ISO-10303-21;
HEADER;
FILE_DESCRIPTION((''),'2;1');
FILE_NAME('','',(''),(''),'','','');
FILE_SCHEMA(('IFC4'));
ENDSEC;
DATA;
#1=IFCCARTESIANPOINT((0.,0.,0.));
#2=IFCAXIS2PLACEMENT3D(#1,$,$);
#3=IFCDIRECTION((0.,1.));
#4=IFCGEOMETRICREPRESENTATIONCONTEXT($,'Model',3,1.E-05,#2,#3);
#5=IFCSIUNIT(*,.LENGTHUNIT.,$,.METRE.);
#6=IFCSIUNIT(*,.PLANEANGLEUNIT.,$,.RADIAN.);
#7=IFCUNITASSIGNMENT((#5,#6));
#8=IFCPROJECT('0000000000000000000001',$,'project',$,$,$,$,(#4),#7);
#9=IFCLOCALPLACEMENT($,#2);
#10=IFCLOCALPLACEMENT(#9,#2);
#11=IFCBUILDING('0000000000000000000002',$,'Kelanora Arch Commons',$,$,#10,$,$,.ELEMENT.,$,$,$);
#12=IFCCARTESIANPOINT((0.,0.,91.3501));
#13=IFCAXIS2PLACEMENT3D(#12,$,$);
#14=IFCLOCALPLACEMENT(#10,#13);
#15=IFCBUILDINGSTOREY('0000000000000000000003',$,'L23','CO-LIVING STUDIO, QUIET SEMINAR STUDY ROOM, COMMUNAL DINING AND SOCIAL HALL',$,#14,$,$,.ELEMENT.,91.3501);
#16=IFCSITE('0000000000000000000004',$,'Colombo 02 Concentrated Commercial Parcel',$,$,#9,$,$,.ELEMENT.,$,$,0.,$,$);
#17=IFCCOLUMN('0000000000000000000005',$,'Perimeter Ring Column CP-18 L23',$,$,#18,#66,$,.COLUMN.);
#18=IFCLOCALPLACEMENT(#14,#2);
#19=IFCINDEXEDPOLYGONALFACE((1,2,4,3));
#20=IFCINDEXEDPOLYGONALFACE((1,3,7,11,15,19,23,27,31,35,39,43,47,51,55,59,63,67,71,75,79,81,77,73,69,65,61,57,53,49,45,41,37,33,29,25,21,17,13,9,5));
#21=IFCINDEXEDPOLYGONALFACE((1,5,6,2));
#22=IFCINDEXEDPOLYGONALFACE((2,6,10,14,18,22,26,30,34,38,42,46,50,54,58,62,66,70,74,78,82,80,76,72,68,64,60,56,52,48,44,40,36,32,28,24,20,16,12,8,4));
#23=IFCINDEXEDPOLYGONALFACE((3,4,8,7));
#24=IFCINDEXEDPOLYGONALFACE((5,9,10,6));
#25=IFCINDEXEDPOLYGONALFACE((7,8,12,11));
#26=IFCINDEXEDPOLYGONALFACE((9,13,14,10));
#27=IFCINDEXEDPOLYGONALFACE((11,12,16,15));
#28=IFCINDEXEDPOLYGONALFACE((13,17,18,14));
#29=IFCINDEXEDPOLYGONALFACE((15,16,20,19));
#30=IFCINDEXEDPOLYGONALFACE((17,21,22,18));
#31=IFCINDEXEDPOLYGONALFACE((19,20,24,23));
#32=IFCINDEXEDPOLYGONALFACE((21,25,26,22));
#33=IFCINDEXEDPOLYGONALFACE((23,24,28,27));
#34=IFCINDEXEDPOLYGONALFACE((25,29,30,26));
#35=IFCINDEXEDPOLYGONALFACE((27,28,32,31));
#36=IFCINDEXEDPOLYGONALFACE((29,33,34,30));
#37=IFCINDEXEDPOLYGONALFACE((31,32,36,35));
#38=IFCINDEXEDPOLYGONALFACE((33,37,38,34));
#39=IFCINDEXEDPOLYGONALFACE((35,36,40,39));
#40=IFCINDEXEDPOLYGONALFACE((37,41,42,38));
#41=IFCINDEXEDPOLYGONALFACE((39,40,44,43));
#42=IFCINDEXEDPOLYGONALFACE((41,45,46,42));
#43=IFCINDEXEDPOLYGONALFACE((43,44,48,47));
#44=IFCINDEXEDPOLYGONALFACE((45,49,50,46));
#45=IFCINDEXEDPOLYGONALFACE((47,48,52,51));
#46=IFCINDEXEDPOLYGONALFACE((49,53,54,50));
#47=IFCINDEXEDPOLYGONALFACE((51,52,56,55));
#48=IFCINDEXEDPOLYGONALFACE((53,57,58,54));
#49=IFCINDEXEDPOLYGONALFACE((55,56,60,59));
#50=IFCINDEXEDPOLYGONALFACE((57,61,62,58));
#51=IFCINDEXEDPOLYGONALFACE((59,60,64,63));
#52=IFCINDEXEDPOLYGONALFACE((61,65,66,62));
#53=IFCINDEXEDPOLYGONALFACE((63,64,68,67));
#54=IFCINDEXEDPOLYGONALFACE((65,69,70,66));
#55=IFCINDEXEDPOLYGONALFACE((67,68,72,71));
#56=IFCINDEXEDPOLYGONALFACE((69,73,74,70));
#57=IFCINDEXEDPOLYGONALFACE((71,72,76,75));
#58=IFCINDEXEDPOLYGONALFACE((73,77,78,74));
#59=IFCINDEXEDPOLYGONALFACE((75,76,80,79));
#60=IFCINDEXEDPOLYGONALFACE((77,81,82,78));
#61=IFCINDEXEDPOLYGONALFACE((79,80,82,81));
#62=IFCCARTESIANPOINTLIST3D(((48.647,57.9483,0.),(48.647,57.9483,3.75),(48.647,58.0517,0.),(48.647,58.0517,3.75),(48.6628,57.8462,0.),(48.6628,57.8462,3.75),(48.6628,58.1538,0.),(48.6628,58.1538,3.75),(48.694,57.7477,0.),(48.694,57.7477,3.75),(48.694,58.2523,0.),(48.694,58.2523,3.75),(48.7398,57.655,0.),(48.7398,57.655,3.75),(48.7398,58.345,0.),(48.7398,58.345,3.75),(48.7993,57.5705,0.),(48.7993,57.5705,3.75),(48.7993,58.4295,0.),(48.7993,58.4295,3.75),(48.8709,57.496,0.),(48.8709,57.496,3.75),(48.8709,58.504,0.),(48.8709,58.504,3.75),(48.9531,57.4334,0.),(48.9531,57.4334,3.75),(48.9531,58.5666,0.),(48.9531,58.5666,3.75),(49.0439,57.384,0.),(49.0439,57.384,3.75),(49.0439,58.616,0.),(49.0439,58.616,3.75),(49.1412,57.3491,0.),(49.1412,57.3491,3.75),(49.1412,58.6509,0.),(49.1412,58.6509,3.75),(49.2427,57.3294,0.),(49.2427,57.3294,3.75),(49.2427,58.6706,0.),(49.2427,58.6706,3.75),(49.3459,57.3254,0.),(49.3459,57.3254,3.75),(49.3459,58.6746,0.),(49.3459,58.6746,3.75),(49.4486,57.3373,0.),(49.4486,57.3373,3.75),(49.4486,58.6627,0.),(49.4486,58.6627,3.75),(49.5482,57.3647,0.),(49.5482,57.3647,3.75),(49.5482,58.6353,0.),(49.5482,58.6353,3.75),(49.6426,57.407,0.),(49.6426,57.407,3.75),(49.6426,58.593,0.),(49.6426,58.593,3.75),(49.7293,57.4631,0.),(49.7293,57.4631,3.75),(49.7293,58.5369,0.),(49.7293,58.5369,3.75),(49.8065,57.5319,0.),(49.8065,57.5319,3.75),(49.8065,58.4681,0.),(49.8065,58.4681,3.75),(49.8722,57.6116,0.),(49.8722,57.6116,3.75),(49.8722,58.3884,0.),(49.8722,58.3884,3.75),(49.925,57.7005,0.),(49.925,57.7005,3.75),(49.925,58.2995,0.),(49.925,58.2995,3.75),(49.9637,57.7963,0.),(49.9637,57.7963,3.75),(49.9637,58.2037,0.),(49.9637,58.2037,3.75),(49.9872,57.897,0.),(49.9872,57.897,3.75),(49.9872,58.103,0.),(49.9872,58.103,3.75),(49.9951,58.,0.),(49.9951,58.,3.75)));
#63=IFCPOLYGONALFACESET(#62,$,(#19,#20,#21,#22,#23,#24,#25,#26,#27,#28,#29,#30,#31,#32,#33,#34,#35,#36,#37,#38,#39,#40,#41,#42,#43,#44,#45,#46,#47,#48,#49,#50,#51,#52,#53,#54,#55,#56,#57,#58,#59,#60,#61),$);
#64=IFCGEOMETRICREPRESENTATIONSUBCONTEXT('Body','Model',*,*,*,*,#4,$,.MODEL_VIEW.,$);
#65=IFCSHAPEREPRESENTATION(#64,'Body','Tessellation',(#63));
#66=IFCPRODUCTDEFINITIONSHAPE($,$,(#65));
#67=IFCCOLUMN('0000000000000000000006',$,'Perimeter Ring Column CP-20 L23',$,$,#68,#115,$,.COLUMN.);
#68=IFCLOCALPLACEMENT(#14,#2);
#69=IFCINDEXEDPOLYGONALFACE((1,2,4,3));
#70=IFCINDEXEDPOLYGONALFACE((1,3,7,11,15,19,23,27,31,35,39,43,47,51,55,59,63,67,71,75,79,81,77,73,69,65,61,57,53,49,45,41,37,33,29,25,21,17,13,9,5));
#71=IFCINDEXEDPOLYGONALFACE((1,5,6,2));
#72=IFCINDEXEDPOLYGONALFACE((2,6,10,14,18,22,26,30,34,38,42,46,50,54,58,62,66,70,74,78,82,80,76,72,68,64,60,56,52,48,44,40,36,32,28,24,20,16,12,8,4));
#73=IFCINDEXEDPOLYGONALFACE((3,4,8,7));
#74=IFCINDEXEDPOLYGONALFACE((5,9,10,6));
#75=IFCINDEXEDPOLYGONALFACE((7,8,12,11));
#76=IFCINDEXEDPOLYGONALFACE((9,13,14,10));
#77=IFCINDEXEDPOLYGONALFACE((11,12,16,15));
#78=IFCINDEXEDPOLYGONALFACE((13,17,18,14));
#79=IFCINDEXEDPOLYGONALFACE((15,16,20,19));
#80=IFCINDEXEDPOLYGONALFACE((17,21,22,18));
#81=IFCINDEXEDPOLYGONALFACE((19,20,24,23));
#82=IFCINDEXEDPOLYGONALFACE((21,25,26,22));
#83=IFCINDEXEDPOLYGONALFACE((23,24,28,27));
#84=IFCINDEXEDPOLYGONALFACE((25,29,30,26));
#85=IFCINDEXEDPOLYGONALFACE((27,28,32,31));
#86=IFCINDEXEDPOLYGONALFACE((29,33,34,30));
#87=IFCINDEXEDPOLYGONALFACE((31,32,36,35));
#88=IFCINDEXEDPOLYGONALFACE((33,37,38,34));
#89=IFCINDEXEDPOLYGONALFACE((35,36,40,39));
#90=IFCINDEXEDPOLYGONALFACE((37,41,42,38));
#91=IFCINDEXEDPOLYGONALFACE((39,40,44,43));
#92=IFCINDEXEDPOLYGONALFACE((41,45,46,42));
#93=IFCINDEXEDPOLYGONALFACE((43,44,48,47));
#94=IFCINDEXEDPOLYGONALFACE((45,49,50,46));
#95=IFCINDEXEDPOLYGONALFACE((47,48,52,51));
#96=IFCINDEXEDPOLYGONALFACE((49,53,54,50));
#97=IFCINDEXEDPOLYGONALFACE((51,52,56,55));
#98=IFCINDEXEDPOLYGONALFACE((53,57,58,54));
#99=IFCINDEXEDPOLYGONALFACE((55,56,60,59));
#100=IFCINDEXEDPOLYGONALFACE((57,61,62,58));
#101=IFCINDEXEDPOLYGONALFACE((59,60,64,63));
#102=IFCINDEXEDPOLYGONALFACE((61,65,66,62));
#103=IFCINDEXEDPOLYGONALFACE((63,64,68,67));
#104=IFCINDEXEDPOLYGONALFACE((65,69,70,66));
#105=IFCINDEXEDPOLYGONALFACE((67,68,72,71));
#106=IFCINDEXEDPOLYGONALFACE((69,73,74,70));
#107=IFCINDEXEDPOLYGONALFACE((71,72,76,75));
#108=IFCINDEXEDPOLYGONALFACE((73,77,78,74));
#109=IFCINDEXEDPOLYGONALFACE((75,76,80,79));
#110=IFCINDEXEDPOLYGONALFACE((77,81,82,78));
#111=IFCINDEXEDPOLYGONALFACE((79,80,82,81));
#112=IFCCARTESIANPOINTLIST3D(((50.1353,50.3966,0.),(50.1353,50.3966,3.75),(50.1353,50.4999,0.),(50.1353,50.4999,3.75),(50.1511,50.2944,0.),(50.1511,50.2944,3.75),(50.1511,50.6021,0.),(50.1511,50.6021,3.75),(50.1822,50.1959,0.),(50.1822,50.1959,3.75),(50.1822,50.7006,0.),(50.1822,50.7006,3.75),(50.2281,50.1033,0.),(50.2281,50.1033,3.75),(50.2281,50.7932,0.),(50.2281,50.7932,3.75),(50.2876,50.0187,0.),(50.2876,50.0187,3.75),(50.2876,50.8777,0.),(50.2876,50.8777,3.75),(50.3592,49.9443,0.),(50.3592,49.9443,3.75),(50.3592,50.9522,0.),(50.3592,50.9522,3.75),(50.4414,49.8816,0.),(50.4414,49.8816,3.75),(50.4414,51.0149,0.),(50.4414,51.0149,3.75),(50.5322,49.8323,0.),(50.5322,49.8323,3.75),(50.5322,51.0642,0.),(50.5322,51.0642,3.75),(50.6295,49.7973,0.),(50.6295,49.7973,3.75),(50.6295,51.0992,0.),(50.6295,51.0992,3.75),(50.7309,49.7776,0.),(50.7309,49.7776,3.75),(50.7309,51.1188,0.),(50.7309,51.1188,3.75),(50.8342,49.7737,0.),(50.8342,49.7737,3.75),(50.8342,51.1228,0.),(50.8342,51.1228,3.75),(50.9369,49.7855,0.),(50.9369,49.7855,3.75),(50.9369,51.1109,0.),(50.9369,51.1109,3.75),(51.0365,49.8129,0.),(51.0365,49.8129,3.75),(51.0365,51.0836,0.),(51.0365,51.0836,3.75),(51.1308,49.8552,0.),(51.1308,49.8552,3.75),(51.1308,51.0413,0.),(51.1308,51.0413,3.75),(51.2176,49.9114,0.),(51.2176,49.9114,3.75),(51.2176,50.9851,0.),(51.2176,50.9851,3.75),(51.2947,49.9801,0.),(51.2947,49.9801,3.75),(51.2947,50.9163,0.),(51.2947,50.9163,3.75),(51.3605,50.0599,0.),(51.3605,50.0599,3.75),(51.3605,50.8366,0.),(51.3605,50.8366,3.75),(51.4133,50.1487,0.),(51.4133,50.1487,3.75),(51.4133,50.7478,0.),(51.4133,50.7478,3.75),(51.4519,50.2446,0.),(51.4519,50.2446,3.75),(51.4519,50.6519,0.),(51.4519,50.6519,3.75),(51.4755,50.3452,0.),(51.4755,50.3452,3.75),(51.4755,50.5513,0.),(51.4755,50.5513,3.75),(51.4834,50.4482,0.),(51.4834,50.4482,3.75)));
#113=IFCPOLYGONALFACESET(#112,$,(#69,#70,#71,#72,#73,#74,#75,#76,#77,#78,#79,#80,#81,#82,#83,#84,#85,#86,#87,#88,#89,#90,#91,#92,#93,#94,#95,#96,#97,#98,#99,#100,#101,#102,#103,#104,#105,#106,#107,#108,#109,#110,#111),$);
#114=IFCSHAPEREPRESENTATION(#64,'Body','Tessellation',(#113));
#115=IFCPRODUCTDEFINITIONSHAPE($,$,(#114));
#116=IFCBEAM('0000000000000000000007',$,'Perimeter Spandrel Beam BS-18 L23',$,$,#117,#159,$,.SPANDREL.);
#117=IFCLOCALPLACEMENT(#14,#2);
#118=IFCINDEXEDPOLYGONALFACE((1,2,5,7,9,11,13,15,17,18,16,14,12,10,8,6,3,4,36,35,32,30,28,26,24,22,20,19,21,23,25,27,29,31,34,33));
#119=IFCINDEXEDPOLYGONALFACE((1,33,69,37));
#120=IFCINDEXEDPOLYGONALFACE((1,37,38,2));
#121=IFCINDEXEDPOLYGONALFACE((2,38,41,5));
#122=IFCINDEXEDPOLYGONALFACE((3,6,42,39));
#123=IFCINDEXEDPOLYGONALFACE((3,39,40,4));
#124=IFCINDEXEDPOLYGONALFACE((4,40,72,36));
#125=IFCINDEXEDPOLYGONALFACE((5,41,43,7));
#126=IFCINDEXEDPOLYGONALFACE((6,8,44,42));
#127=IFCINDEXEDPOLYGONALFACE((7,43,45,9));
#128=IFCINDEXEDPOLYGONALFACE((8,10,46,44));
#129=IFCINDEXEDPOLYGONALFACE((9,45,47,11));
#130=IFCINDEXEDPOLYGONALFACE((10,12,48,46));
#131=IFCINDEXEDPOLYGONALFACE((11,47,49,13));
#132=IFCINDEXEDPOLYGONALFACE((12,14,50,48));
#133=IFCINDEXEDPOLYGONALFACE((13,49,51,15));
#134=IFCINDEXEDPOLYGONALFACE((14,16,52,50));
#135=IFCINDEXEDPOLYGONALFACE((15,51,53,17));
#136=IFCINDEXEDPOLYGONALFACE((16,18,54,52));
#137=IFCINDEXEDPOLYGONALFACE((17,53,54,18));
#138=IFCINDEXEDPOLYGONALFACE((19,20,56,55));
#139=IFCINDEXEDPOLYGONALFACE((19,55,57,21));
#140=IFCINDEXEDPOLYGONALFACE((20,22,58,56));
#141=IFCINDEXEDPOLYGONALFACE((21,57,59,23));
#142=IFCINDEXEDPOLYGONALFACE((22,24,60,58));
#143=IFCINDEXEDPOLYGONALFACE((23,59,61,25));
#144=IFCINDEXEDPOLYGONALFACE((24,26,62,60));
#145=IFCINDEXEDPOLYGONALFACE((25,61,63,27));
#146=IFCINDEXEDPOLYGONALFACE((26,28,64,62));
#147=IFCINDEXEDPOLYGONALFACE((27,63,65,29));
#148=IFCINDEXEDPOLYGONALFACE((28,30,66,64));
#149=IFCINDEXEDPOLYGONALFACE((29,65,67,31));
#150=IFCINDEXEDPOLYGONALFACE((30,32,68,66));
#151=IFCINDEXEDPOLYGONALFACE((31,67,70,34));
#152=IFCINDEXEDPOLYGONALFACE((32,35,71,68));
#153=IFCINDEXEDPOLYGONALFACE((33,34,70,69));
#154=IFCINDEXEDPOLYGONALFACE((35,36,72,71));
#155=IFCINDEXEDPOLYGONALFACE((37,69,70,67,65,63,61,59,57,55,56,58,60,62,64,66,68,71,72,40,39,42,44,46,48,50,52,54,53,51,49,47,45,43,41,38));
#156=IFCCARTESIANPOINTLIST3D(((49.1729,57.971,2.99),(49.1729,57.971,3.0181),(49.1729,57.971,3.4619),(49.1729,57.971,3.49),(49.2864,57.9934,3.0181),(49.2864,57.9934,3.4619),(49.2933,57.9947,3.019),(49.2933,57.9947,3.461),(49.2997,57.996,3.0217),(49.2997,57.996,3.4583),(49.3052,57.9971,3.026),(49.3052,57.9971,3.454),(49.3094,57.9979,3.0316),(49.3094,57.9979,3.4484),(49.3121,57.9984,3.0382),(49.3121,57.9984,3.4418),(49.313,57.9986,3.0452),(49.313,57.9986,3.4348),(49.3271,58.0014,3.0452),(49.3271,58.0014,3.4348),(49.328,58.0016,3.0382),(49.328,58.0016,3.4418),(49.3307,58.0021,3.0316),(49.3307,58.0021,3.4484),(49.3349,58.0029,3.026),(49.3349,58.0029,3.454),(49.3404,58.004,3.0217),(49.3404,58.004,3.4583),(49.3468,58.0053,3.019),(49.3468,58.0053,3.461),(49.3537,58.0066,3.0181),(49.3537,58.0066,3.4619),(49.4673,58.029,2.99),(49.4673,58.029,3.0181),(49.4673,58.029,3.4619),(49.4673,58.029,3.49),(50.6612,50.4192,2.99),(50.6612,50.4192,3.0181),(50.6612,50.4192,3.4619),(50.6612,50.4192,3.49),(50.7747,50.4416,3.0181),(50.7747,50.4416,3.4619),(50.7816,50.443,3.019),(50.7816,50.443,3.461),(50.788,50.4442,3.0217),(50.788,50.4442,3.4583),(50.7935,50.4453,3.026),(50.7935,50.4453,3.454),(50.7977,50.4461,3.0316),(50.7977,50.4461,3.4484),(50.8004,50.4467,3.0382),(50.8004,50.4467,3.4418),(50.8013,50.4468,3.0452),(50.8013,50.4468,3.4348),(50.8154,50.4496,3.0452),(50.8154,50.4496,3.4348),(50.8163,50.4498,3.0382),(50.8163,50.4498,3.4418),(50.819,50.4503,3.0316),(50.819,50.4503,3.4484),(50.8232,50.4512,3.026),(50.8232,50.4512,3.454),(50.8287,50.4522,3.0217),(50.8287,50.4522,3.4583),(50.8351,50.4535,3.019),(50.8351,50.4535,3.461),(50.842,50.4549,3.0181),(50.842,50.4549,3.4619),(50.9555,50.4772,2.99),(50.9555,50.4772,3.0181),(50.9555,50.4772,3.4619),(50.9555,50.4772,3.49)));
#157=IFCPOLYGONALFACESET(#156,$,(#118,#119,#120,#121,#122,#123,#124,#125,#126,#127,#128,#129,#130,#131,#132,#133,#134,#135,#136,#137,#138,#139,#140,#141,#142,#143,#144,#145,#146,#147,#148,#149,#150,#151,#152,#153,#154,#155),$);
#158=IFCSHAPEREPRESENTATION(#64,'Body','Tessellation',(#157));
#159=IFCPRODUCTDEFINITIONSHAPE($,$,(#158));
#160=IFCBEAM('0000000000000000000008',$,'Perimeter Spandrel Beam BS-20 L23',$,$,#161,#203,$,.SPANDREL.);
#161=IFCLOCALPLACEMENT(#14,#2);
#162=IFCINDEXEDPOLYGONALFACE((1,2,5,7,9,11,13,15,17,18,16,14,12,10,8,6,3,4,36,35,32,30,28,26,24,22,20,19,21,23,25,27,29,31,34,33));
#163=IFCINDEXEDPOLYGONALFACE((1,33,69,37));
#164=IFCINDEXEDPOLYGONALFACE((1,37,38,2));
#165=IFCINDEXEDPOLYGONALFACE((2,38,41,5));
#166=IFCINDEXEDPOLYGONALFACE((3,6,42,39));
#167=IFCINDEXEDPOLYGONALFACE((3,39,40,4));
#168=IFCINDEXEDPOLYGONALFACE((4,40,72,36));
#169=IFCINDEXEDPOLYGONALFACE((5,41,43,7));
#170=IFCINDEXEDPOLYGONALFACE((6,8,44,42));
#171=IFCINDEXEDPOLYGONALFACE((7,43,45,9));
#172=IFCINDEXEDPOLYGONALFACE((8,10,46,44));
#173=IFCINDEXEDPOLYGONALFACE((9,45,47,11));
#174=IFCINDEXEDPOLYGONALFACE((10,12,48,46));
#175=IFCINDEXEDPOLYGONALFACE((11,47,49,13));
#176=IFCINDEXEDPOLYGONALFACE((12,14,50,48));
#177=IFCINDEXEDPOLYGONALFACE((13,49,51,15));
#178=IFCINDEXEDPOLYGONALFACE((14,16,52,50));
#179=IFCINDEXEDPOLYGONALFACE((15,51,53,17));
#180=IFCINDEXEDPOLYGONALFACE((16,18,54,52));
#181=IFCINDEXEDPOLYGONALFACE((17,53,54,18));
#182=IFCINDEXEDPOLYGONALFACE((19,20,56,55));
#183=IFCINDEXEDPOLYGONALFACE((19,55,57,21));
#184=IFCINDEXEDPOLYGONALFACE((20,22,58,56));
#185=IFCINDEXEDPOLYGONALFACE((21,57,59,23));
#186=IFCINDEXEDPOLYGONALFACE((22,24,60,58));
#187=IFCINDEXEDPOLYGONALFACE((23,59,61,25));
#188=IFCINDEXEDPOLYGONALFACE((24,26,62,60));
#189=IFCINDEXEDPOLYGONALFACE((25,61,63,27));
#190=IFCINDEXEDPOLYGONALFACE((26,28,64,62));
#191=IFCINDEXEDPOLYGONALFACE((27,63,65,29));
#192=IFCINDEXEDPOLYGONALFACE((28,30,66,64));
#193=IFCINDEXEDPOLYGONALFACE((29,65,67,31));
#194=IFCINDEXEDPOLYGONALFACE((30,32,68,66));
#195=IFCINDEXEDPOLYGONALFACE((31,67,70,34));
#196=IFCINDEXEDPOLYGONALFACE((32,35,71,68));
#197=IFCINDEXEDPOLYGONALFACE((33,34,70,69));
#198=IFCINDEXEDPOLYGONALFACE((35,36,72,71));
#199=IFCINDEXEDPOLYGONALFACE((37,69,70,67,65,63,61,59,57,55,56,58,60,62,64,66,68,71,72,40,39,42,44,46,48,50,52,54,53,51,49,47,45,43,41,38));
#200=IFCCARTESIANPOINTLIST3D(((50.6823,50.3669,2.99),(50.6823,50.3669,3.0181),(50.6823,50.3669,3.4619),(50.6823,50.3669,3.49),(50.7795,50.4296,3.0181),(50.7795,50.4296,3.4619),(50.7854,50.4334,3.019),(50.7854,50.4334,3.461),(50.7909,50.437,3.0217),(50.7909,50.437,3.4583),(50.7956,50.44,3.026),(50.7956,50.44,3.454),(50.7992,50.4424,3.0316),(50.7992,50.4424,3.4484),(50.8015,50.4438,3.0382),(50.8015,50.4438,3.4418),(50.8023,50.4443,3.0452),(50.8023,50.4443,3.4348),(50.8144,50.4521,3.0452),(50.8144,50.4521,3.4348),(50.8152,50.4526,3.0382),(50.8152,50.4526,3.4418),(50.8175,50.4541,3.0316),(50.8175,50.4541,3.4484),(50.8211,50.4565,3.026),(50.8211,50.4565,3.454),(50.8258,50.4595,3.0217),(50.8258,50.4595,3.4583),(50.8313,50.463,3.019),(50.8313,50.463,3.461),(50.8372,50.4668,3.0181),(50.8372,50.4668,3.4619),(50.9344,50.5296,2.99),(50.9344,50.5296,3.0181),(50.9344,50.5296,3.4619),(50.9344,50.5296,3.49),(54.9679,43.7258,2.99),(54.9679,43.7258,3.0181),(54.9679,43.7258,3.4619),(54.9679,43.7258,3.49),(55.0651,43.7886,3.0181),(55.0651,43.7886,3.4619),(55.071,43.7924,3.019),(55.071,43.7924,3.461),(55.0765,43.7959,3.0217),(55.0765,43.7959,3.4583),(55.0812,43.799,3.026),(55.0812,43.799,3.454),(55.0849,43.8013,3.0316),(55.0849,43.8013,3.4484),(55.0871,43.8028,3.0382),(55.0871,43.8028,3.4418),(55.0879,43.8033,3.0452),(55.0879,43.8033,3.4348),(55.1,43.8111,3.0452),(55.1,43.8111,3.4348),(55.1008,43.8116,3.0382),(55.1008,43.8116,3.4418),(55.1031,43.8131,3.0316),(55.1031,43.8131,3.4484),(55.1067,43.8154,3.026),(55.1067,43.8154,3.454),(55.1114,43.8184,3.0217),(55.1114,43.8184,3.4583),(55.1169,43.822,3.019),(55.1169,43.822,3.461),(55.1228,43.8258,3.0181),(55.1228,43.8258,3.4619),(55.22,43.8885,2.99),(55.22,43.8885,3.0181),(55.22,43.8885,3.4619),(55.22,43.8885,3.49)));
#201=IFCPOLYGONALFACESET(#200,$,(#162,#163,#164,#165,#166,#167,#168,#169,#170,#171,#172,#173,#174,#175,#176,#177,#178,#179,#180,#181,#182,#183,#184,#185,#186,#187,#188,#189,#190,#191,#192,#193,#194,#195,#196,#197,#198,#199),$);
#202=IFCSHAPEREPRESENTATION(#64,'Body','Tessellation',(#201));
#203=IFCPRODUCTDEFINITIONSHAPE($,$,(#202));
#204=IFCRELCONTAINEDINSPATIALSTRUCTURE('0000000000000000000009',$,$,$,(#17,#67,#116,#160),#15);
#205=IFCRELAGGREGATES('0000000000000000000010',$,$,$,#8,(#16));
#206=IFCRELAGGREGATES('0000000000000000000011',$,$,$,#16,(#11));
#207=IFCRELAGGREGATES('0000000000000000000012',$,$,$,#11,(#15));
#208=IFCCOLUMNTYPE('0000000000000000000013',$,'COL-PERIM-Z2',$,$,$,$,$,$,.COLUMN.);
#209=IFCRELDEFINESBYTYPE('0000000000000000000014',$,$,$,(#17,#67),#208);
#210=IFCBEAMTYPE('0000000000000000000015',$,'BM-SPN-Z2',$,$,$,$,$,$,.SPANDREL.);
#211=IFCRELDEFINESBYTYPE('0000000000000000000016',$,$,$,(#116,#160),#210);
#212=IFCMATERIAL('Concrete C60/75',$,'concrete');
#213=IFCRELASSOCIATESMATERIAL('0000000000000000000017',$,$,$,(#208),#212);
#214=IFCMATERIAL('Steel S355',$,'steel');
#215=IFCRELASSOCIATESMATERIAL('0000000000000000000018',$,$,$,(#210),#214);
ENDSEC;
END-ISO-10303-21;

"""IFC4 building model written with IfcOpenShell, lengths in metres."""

from ifc_helpers import new_model, si_unit, direction, frame, origin, origin_2d, place, context, subcontext, project, spatial, circle, i_section, extrude, material, material_profile, profile_set, type_object, element, save


model = new_model("IFC4")

# Units and contexts
model_context = context("Model", 3, precision=1e-05, world=origin(), true_north=direction((0.0, 1.0)))
body_context = subcontext(model_context, "Body", "Model", "MODEL_VIEW")
ifc_project = project(units=[si_unit("LENGTHUNIT", "METRE"), si_unit("PLANEANGLEUNIT", "RADIAN")], contexts=[model_context])

# Site, building, storey
site_placement = place(None, origin())
site = spatial("IfcSite", under=ifc_project, at=site_placement, Name="Colombo 02 Concentrated Commercial Parcel", CompositionType="ELEMENT", RefElevation=0.0)
building_placement = place(site_placement, origin())
building = spatial("IfcBuilding", under=site, at=building_placement, Name="Kelanora Arch Commons", CompositionType="ELEMENT")
storey_placement = place(building_placement, frame((0.0, 0.0, 91.3501)))
storey = spatial("IfcBuildingStorey", under=building, at=storey_placement, Name="L23", Description="CO-LIVING STUDIO, QUIET SEMINAR STUDY ROOM, COMMUNAL DINING AND SOCIAL HALL", CompositionType="ELEMENT", Elevation=91.3501)

# Columns
ifc_material_1 = material(Name="Concrete C60/75", Category="concrete")
ifc_material_profile_1 = material_profile(ifc_material_1, circle(Radius=0.675, at=origin_2d()), Name="RCC1350")
ifc_profile_set_1 = profile_set([ifc_material_profile_1], Name="Concrete C60/75")
column_type = type_object("IfcColumnType", Name="COL-PERIM-Z2", PredefinedType="COLUMN", material=ifc_profile_set_1)
for number, where, z_axis, x_axis, name in (
    (1, (49.3201, 58.0, 0.0), (0.0, 0.0, 1.0), (1.0, 0.0, 0.0), "Perimeter Ring Column CP-18 L23"),
    (2, (50.8083, 50.4482, 0.0), (0.0, 0.0, 1.0), (1.0, 0.0, 0.0), "Perimeter Ring Column CP-20 L23"),
):
    element("IfcColumn", number, at=place(storey_placement, frame(where, z_axis=z_axis, x_axis=x_axis)), inside=storey, type_object=column_type, Name=name, PredefinedType="COLUMN", context=body_context, shape_type="SweptSolid", body=[
        extrude(circle(Radius=0.675, at=origin_2d()), origin(), (0.0, 0.0, 1.0), 3.75),
    ])

# Beams
ifc_material_2 = material(Name="Steel S355", Category="steel")
ifc_material_profile_2 = material_profile(ifc_material_2, i_section(OverallWidth=0.3, OverallDepth=0.5, WebThickness=0.0144, FlangeThickness=0.0281, FilletRadius=0.0271, at=origin_2d()), Name="HEB500")
ifc_profile_set_2 = profile_set([ifc_material_profile_2], Name="Steel S355")
beam_type = type_object("IfcBeamType", Name="BM-SPN-Z2", PredefinedType="SPANDREL", material=ifc_profile_set_2)
beam_1_placement = place(storey_placement, frame((49.3201, 58.0, 3.24), z_axis=(0.193358, -0.981128, 0.0), x_axis=(0.981128, 0.193358, 0.0)))
element("IfcBeam", 3, at=beam_1_placement, inside=storey, type_object=beam_type, Name="Perimeter Spandrel Beam BS-18 L23", PredefinedType="SPANDREL", context=body_context, shape_type="SweptSolid", body=[
    extrude(i_section(OverallWidth=0.3, OverallDepth=0.5, WebThickness=0.0144, FlangeThickness=0.0281, FilletRadius=0.0271, at=origin_2d()), origin(), (0.0, 0.0, 1.0), 7.697),
])
beam_2_placement = place(storey_placement, frame((50.8083, 50.4482, 3.24), z_axis=(0.542221, -0.840236, 0.0), x_axis=(0.840236, 0.542221, 0.0)))
element("IfcBeam", 4, at=beam_2_placement, inside=storey, type_object=beam_type, Name="Perimeter Spandrel Beam BS-20 L23", PredefinedType="SPANDREL", context=body_context, shape_type="SweptSolid", body=[
    extrude(i_section(OverallWidth=0.3, OverallDepth=0.5, WebThickness=0.0144, FlangeThickness=0.0281, FilletRadius=0.0271, at=origin_2d()), origin(), (0.0, 0.0, 1.0), 7.9038),
])

save(model, "model.ifc")
